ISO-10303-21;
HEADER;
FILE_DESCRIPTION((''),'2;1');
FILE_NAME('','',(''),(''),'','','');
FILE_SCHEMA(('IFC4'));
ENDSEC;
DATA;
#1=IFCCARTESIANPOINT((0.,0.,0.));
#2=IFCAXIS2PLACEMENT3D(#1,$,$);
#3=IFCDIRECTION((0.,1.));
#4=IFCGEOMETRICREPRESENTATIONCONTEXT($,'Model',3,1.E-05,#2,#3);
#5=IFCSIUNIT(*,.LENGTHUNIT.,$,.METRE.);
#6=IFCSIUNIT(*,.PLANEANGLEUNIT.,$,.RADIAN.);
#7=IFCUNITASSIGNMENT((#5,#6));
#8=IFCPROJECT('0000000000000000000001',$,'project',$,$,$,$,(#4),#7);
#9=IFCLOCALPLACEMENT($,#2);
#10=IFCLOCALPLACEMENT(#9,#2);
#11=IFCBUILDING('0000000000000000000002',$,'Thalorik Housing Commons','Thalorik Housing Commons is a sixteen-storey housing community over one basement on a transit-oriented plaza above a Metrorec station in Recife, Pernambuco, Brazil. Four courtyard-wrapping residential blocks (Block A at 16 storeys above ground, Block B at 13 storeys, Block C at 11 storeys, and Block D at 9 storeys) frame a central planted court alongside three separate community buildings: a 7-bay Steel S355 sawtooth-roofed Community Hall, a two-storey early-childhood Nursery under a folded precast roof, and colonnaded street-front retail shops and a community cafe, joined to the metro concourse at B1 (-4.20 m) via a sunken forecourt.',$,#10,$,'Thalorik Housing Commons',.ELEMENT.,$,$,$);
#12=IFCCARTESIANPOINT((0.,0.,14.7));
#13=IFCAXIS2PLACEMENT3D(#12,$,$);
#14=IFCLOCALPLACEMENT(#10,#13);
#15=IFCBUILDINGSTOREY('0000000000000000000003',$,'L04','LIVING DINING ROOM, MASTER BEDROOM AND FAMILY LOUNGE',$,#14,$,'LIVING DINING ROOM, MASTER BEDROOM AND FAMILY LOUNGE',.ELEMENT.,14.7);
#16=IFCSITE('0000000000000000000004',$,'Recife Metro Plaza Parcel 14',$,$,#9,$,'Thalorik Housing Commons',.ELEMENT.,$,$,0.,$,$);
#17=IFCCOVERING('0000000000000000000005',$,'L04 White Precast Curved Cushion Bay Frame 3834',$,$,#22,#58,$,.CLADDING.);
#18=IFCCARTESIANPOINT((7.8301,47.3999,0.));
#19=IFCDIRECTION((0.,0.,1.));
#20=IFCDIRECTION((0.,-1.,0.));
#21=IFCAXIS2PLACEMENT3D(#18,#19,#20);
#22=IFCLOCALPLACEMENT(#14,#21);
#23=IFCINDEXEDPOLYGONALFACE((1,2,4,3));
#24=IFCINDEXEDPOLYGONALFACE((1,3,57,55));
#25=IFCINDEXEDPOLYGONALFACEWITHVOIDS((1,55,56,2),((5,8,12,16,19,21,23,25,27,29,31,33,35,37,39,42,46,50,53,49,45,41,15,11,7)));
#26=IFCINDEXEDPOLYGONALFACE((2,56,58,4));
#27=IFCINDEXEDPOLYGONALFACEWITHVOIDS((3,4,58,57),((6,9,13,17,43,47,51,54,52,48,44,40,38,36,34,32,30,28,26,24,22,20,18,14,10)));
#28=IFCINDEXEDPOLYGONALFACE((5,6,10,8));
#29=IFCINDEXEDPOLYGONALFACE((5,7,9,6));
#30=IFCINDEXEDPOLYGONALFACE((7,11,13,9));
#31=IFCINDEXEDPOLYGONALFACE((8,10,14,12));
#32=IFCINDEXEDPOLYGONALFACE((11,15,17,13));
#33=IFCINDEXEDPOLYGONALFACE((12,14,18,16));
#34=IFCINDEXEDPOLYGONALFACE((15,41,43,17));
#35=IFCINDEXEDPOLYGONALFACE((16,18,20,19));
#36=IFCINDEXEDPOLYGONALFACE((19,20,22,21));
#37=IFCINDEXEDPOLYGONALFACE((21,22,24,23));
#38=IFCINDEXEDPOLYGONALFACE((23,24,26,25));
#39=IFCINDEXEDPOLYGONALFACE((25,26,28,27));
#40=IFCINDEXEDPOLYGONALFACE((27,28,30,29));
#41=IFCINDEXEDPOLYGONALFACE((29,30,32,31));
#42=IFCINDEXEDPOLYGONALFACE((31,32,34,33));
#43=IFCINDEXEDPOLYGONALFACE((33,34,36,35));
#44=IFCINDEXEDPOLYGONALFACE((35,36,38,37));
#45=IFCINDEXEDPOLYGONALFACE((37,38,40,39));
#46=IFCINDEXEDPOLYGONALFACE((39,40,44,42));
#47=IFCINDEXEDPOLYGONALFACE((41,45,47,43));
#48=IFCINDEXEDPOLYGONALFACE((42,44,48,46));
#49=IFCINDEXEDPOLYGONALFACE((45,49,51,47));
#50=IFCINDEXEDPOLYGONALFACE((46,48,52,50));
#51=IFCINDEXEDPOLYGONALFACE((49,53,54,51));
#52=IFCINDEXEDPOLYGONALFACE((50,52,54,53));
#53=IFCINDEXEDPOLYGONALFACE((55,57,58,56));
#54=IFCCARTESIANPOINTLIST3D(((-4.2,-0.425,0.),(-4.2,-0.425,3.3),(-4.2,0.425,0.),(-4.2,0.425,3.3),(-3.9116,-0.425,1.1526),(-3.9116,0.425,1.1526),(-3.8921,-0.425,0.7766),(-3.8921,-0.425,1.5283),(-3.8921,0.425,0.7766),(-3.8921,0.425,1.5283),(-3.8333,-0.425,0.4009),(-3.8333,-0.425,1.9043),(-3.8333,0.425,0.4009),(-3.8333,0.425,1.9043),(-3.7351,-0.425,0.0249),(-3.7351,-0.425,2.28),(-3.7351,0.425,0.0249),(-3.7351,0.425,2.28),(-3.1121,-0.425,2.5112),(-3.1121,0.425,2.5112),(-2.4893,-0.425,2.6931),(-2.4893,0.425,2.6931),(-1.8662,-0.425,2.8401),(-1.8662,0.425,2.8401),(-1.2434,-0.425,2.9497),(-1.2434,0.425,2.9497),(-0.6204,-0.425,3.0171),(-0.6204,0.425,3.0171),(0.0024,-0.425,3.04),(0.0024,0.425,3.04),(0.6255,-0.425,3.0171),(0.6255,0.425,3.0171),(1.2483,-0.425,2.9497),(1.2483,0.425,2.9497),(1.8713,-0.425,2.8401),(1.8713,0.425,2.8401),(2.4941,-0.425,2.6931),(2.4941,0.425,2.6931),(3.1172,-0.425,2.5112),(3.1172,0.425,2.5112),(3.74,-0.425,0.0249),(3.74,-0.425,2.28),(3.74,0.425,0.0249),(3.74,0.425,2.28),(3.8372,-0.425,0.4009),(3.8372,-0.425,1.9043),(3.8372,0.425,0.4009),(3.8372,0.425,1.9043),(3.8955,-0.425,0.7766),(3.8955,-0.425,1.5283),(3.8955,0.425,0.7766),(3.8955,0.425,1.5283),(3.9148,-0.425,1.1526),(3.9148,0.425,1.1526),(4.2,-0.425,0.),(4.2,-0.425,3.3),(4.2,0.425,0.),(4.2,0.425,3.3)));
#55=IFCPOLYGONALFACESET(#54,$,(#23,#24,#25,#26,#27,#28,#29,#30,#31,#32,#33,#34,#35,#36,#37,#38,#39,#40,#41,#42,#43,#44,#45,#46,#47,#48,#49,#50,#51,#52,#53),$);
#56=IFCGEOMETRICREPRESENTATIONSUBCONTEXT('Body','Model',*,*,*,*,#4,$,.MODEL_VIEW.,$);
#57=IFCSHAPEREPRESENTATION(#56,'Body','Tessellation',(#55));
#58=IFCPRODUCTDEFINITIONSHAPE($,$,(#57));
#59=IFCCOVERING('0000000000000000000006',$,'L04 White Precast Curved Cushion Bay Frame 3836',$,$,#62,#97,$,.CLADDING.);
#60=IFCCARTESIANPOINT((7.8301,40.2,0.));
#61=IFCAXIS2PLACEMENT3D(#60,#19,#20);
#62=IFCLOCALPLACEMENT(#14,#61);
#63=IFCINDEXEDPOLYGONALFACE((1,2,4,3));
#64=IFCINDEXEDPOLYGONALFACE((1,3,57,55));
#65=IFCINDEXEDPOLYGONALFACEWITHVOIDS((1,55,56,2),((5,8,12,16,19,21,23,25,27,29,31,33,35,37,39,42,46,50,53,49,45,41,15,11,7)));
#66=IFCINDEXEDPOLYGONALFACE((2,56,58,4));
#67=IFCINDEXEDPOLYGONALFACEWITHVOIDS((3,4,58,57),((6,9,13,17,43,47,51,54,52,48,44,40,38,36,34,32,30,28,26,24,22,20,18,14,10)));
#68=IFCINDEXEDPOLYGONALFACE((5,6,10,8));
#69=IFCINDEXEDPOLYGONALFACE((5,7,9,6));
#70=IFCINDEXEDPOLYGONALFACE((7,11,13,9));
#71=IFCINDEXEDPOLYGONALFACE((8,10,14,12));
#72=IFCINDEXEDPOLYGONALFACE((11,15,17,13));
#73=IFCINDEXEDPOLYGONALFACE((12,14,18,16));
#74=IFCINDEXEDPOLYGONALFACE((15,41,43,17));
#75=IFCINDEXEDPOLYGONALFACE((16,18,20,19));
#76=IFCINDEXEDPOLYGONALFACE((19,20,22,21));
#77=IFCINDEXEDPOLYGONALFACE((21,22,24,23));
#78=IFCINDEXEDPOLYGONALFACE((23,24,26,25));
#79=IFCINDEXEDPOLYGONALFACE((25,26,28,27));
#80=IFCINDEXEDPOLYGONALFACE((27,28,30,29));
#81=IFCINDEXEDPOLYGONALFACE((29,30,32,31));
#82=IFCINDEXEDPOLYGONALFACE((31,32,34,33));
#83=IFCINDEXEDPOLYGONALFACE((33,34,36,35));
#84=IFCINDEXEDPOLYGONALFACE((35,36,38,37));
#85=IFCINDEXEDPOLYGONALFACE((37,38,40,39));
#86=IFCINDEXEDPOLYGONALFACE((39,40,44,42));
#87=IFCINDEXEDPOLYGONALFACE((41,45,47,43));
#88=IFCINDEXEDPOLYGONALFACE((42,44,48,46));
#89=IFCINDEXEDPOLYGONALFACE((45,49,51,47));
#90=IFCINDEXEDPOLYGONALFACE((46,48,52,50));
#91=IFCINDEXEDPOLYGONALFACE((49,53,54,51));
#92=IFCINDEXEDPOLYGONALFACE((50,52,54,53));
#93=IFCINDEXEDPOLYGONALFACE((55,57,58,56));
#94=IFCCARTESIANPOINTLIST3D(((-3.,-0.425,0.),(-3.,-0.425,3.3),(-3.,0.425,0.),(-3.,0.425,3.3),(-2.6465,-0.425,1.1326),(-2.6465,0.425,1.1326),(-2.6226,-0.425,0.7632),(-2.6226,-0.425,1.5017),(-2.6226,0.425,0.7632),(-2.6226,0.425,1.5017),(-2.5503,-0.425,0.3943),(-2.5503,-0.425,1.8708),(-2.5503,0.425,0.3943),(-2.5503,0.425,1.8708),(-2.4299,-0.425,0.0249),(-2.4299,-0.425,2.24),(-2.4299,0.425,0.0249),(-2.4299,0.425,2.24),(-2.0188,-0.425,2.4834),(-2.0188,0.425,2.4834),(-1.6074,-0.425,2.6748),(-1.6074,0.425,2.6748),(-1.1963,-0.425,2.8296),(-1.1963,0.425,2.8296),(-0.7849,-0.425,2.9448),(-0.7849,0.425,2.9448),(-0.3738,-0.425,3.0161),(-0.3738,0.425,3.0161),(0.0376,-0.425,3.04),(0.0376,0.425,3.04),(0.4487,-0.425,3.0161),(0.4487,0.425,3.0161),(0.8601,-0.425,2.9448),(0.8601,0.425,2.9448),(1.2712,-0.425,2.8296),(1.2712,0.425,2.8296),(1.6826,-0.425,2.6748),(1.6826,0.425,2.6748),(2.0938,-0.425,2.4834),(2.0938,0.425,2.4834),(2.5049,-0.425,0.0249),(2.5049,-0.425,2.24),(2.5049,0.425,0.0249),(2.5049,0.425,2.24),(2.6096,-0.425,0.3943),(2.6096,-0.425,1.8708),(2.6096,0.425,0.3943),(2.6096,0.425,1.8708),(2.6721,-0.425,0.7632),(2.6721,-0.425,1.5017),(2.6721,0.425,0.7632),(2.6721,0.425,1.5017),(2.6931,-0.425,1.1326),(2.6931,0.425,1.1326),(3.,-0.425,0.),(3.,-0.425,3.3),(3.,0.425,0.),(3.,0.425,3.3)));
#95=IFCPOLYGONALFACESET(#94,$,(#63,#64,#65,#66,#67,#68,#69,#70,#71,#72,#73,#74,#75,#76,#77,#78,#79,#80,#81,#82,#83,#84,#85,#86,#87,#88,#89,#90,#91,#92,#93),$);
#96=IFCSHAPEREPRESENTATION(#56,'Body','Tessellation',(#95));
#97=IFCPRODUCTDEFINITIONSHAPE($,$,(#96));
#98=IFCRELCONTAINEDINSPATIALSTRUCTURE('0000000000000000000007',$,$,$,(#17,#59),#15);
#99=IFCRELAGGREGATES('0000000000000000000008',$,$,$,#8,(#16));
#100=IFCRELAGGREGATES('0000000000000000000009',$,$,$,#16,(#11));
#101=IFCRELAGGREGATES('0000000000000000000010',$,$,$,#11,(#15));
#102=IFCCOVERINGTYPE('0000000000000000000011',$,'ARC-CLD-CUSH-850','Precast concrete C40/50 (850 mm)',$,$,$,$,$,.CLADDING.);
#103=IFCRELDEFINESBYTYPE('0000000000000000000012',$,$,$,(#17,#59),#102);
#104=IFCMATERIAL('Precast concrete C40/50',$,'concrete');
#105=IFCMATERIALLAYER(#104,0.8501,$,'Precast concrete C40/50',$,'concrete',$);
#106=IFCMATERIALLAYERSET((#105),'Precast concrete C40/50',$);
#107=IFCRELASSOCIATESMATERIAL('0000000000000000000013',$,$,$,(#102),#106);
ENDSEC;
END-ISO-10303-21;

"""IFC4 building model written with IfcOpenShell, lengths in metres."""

from ifc_helpers import new_model, si_unit, direction, frame, origin, place, context, subcontext, project, spatial, polyline, outline, extrude, material, layer, layer_set, type_object, element, save


model = new_model("IFC4")

# Units and contexts
model_context = context("Model", 3, precision=1e-05, world=origin(), true_north=direction((0.0, 1.0)))
body_context = subcontext(model_context, "Body", "Model", "MODEL_VIEW")
ifc_project = project(units=[si_unit("LENGTHUNIT", "METRE"), si_unit("PLANEANGLEUNIT", "RADIAN")], contexts=[model_context])

# Site, building, storey
site_placement = place(None, origin())
site = spatial("IfcSite", under=ifc_project, at=site_placement, Name="Recife Metro Plaza Parcel 14", LongName="Thalorik Housing Commons", CompositionType="ELEMENT", RefElevation=0.0)
building_placement = place(site_placement, origin())
building = spatial("IfcBuilding", under=site, at=building_placement, Name="Thalorik Housing Commons", Description="Thalorik Housing Commons is a sixteen-storey housing community over one basement on a transit-oriented plaza above a Metrorec station in Recife, Pernambuco, Brazil. Four courtyard-wrapping residential blocks (Block A at 16 storeys above ground, Block B at 13 storeys, Block C at 11 storeys, and Block D at 9 storeys) frame a central planted court alongside three separate community buildings: a 7-bay Steel S355 sawtooth-roofed Community Hall, a two-storey early-childhood Nursery under a folded precast roof, and colonnaded street-front retail shops and a community cafe, joined to the metro concourse at B1 (-4.20 m) via a sunken forecourt.", LongName="Thalorik Housing Commons", CompositionType="ELEMENT")
storey_placement = place(building_placement, frame((0.0, 0.0, 14.7)))
storey = spatial("IfcBuildingStorey", under=building, at=storey_placement, Name="L04", Description="LIVING DINING ROOM, MASTER BEDROOM AND FAMILY LOUNGE", LongName="LIVING DINING ROOM, MASTER BEDROOM AND FAMILY LOUNGE", CompositionType="ELEMENT", Elevation=14.7)

# Shared definitions
ifc_material_1 = material(Name="Precast concrete C40/50", Category="concrete")

# Coverings
ifc_layer_1 = layer(ifc_material_1, 0.8501, Name="Precast concrete C40/50", Category="concrete")
ifc_layer_set_1 = layer_set([ifc_layer_1], Name="Precast concrete C40/50")
covering_type = type_object("IfcCoveringType", Name="ARC-CLD-CUSH-850", Description="Precast concrete C40/50 (850 mm)", PredefinedType="CLADDING", material=ifc_layer_set_1)
covering_1_placement = place(storey_placement, frame((7.8301, 47.3999, 0.0), z_axis=(0.0, 0.0, 1.0), x_axis=(0.0, -1.0, 0.0)))
element("IfcCovering", 1, at=covering_1_placement, inside=storey, type_object=covering_type, Name="L04 White Precast Curved Cushion Bay Frame 3834", PredefinedType="CLADDING", context=body_context, shape_type="SweptSolid", body=[
    extrude(outline(polyline([(-4.2, 0.0), (4.2, 0.0), (4.2, 3.3), (-4.2, 3.3), (-4.2, 0.0)]), holes=[polyline([(3.74, 0.0249), (3.8372, 0.4009), (3.8955, 0.7766), (3.9148, 1.1526), (3.8955, 1.5283), (3.8372, 1.9043), (3.74, 2.28), (3.1172, 2.5112), (2.4941, 2.6931), (1.8713, 2.8401), (1.2483, 2.9497), (0.6255, 3.0171), (0.0024, 3.04), (-0.6204, 3.0171), (-1.2434, 2.9497), (-1.8662, 2.8401), (-2.4893, 2.6931), (-3.1121, 2.5112), (-3.7351, 2.28), (-3.8333, 1.9043), (-3.8921, 1.5283), (-3.9116, 1.1526), (-3.8921, 0.7766), (-3.8333, 0.4009), (-3.7351, 0.0249), (3.74, 0.0249)])]), frame((0.0, 0.425, 0.0), z_axis=(0.0, -1.0, 0.0), x_axis=(1.0, 0.0, 0.0)), (0.0, 0.0, 1.0), 0.8501),
])
covering_2_placement = place(storey_placement, frame((7.8301, 40.2, 0.0), z_axis=(0.0, 0.0, 1.0), x_axis=(0.0, -1.0, 0.0)))
element("IfcCovering", 2, at=covering_2_placement, inside=storey, type_object=covering_type, Name="L04 White Precast Curved Cushion Bay Frame 3836", PredefinedType="CLADDING", context=body_context, shape_type="SweptSolid", body=[
    extrude(outline(polyline([(-3.0, 0.0), (3.0, 0.0), (3.0, 3.3), (-3.0, 3.3), (-3.0, 0.0)]), holes=[polyline([(2.5049, 0.0249), (2.6096, 0.3943), (2.6721, 0.7632), (2.6931, 1.1326), (2.6721, 1.5017), (2.6096, 1.8708), (2.5049, 2.24), (2.0938, 2.4834), (1.6826, 2.6748), (1.2712, 2.8296), (0.8601, 2.9448), (0.4487, 3.0161), (0.0376, 3.04), (-0.3738, 3.0161), (-0.7849, 2.9448), (-1.1963, 2.8296), (-1.6074, 2.6748), (-2.0188, 2.4834), (-2.4299, 2.24), (-2.5503, 1.8708), (-2.6226, 1.5017), (-2.6465, 1.1326), (-2.6226, 0.7632), (-2.5503, 0.3943), (-2.4299, 0.0249), (2.5049, 0.0249)])]), frame((0.0, 0.425, 0.0), z_axis=(0.0, -1.0, 0.0), x_axis=(1.0, 0.0, 0.0)), (0.0, 0.0, 1.0), 0.8501),
])

save(model, "model.ifc")
